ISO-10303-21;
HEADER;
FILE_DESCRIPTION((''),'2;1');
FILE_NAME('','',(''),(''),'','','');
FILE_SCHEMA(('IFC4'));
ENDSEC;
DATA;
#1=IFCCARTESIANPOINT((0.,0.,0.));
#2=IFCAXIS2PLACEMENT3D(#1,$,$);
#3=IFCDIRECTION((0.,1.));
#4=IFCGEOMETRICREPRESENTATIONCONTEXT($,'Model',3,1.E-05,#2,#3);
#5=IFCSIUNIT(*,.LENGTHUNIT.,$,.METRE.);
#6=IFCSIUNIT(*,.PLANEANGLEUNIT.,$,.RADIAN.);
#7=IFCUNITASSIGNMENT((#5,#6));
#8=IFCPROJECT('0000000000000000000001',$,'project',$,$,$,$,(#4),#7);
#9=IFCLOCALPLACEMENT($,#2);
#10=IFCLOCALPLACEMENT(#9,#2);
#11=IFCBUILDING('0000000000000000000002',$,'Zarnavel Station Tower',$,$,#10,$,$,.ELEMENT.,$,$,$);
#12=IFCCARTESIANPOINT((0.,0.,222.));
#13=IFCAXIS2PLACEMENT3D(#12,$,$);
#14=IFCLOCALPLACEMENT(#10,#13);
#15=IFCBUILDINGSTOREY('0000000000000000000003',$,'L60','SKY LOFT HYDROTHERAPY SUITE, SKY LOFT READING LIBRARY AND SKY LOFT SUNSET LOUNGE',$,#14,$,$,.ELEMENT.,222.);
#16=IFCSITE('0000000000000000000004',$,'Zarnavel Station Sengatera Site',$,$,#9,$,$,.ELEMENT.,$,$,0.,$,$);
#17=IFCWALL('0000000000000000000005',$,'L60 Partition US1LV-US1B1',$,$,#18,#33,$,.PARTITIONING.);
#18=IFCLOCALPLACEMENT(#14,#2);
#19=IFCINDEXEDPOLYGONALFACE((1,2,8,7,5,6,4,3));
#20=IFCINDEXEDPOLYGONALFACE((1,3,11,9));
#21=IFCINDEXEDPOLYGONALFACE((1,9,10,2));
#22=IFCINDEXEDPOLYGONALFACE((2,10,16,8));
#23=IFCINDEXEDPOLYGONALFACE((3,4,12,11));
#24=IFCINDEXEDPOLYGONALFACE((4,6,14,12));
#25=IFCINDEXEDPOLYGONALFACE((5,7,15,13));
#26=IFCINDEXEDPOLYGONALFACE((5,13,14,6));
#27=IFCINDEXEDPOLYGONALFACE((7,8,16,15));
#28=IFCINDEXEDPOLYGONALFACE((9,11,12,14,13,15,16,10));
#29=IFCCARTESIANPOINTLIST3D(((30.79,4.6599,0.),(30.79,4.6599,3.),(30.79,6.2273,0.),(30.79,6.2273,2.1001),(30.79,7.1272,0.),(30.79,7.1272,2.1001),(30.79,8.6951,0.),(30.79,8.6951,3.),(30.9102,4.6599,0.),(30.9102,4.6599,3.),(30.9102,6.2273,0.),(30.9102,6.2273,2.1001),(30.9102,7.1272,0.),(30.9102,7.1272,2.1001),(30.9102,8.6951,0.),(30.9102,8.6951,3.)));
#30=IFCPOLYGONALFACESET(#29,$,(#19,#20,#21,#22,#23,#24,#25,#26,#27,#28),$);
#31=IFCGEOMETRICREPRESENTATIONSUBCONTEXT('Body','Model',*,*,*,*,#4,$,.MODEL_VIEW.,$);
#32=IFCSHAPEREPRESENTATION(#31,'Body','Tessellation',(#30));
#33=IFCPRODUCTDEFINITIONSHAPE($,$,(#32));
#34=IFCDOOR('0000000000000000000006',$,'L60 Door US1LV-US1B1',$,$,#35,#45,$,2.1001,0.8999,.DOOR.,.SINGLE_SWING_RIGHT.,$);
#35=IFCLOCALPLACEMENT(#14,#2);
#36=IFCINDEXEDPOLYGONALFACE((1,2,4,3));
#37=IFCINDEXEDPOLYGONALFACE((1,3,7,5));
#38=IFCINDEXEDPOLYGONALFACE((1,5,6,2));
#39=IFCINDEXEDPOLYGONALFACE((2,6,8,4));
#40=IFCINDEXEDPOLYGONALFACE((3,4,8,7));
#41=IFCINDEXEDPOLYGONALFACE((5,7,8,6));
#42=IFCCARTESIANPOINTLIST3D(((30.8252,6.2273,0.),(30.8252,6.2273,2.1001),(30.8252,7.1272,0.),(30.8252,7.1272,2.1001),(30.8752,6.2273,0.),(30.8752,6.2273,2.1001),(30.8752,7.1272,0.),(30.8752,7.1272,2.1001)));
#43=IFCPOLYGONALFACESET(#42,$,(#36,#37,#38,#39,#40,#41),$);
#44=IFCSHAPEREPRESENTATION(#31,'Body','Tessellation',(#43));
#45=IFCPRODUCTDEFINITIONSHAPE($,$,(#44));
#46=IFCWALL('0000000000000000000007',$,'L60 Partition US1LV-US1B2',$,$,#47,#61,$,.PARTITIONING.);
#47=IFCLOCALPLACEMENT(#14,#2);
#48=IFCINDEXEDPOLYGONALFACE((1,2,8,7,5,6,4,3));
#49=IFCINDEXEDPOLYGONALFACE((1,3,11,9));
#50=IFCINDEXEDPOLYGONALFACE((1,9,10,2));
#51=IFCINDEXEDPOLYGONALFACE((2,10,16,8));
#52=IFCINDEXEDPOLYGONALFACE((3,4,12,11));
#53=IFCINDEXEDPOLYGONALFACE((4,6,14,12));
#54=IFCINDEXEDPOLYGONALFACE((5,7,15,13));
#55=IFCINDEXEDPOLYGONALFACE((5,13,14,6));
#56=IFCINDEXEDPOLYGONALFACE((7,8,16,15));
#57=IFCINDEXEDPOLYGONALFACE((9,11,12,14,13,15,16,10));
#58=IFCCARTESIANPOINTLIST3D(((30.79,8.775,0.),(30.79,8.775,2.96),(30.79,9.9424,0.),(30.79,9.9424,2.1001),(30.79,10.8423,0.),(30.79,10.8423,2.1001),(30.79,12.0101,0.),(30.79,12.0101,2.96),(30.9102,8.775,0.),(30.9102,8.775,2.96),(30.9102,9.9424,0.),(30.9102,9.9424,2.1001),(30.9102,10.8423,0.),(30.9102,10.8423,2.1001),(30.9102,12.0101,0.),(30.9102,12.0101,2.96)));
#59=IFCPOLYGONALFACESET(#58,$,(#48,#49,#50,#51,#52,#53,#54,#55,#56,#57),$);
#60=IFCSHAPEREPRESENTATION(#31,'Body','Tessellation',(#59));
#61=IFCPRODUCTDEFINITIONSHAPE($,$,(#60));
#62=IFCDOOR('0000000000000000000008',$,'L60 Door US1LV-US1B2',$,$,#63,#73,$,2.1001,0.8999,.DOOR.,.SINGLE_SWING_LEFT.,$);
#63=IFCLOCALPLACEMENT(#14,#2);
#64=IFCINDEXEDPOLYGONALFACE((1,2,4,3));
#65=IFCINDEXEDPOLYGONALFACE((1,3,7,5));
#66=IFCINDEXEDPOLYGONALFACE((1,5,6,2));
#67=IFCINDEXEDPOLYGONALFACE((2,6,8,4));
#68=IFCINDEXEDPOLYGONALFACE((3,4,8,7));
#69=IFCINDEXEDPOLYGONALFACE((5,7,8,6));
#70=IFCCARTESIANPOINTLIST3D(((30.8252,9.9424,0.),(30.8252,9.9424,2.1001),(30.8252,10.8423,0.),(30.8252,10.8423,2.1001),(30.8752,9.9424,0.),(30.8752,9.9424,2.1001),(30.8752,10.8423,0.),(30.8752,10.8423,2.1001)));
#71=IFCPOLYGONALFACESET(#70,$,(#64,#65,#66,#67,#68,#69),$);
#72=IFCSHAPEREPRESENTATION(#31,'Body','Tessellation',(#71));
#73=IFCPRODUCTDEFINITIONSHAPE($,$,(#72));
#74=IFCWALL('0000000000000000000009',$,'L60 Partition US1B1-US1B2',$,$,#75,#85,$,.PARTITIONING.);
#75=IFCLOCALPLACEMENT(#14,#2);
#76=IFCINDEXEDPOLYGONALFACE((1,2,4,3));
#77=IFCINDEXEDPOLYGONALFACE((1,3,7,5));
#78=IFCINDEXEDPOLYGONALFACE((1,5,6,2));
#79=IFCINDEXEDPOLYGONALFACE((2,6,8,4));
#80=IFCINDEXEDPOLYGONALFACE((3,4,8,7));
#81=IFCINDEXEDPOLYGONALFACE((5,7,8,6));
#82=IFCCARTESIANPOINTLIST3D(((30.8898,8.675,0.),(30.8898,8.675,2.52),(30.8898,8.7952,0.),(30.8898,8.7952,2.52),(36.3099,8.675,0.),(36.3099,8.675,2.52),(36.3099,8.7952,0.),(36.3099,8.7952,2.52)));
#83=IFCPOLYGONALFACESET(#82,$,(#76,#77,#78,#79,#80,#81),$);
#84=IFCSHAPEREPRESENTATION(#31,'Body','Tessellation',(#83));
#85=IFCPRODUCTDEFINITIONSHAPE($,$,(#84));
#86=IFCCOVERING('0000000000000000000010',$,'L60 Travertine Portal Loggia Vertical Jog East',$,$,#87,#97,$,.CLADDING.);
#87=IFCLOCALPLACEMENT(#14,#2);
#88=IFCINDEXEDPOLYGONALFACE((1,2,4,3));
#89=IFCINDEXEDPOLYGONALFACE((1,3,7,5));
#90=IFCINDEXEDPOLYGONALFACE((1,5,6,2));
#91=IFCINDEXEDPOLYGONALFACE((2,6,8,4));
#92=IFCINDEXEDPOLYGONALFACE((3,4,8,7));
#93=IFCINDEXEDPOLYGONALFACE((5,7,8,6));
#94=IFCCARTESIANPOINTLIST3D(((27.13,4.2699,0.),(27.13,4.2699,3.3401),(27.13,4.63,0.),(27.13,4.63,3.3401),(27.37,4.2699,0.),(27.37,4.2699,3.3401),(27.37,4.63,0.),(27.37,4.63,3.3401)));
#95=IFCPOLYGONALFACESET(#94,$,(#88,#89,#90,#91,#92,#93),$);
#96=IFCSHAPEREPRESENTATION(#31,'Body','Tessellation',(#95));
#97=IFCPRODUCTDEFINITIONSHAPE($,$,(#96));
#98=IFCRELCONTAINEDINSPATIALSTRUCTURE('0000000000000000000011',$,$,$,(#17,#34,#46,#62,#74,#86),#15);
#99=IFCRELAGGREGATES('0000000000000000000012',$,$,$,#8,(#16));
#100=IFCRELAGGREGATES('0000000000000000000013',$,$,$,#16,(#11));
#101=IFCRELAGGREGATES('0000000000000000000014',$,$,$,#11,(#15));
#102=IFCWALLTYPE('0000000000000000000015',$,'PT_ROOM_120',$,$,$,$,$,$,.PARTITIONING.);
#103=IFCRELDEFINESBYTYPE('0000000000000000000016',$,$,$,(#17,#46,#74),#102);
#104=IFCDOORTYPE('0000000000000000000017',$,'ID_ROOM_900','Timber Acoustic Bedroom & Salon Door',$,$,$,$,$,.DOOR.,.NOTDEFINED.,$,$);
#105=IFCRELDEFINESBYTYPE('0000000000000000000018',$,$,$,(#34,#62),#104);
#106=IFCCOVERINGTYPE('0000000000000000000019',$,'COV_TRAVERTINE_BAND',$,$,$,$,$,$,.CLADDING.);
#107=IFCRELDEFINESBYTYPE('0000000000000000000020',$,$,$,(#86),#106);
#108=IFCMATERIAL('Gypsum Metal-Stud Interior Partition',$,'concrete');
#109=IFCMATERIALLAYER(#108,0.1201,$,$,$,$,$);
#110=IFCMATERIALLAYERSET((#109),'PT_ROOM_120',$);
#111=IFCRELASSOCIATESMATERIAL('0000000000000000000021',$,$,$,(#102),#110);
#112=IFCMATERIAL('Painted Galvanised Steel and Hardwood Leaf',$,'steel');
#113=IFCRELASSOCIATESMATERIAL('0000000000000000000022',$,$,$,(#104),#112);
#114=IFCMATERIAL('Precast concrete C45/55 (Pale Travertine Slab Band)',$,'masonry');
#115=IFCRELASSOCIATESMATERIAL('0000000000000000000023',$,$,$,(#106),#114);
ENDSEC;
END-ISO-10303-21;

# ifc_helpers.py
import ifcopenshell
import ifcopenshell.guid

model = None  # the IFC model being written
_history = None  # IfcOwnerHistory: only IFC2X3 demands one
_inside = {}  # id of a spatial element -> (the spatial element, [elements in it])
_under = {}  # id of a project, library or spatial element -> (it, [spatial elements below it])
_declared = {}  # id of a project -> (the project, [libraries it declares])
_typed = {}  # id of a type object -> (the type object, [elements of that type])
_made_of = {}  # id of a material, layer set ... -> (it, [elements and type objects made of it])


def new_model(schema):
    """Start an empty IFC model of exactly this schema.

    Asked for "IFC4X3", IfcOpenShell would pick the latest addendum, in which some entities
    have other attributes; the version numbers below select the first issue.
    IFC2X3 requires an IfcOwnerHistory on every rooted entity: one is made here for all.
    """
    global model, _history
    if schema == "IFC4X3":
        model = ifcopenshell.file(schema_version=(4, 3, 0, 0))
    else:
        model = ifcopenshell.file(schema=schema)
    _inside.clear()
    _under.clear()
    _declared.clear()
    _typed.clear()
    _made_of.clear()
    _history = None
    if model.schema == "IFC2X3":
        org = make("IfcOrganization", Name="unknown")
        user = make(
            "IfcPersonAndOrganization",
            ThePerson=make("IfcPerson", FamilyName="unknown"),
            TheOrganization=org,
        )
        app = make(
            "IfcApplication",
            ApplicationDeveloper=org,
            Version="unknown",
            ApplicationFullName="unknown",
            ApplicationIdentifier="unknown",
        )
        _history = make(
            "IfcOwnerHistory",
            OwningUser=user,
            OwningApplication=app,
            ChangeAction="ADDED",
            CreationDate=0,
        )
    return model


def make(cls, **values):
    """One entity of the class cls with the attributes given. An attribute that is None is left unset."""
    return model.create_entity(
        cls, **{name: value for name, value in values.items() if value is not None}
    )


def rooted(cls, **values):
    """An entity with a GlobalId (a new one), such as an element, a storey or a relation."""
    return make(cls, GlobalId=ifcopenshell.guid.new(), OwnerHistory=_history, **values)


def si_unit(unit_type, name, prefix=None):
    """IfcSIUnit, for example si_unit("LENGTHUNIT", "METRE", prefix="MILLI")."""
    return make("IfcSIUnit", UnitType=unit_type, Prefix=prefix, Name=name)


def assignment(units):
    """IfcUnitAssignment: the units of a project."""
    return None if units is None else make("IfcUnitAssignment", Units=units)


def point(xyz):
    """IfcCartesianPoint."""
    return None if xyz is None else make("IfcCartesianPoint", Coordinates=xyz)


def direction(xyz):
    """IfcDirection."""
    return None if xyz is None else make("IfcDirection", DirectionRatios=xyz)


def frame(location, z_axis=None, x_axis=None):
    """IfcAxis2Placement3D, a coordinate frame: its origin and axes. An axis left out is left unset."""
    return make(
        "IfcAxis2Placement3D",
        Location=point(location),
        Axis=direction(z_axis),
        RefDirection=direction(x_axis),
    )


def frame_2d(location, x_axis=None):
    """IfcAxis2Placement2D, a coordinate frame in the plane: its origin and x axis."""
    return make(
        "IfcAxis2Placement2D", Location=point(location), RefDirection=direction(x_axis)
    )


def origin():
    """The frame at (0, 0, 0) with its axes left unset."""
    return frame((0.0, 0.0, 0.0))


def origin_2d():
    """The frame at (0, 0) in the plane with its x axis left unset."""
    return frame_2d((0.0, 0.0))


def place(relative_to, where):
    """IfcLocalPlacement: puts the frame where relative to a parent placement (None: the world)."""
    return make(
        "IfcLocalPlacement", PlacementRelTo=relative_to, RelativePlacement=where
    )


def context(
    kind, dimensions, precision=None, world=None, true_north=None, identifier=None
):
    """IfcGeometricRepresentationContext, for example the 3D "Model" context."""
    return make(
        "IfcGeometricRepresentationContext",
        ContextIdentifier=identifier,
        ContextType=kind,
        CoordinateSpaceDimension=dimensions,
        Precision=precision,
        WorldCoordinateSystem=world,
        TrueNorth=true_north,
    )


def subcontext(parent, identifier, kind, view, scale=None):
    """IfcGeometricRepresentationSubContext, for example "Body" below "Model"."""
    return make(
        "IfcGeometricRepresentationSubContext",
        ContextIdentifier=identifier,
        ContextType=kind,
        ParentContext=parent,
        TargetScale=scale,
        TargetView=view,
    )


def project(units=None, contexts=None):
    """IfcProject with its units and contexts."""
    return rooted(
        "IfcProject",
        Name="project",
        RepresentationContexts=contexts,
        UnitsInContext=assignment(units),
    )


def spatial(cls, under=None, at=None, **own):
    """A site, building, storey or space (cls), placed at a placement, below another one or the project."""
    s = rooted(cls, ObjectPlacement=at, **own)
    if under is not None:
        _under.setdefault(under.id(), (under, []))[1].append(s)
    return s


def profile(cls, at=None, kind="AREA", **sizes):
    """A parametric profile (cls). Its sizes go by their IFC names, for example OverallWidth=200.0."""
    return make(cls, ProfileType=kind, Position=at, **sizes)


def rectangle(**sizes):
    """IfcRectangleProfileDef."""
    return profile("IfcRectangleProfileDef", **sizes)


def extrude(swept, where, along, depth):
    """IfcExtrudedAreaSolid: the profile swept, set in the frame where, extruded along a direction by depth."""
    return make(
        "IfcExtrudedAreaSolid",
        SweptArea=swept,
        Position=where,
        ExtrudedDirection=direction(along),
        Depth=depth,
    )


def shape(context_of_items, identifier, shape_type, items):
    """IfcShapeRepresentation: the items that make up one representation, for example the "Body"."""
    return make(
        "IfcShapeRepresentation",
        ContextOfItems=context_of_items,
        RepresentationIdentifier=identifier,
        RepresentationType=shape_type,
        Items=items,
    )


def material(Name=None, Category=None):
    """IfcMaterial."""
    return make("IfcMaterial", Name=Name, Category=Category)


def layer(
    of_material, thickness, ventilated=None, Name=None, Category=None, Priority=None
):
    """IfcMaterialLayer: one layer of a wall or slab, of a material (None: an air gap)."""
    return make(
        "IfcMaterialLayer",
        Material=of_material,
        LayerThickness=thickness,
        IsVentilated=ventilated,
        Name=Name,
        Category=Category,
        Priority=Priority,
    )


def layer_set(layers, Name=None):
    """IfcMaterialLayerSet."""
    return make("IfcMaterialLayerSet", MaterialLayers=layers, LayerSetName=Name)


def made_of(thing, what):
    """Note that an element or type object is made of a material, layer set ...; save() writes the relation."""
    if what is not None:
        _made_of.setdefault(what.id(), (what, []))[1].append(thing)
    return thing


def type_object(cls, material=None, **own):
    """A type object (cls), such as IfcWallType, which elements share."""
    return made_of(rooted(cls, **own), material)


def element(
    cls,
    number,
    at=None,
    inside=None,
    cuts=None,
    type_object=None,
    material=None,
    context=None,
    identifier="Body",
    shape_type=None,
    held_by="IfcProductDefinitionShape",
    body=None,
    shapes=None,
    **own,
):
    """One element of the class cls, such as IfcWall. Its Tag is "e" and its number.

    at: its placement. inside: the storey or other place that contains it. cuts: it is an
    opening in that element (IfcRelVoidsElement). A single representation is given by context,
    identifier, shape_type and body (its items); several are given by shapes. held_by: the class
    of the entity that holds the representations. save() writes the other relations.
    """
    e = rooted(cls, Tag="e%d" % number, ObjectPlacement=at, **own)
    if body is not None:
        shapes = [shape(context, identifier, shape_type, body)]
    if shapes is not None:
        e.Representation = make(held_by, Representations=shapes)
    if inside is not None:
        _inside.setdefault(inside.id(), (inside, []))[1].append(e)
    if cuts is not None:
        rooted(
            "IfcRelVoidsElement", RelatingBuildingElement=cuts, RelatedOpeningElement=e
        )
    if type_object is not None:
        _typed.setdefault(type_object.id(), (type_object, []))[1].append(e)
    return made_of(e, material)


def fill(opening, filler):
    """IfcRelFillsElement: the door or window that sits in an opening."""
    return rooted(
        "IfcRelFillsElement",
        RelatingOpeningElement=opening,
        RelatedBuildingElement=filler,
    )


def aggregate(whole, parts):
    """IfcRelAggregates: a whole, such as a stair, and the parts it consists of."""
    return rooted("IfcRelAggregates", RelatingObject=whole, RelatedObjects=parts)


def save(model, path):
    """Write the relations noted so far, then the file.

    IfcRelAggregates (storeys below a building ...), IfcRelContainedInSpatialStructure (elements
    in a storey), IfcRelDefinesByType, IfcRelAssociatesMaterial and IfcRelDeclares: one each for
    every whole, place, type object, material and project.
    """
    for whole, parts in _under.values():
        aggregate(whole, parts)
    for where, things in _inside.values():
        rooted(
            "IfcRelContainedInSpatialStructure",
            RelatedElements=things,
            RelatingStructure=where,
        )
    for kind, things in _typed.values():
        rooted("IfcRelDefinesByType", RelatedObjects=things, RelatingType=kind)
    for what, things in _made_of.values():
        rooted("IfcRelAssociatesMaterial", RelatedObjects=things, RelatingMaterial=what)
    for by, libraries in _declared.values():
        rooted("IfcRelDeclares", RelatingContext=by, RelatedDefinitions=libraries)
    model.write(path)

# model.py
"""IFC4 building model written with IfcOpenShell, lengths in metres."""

from ifc_helpers import new_model, si_unit, direction, frame, frame_2d, origin, origin_2d, place, context, subcontext, project, spatial, rectangle, extrude, material, layer, layer_set, type_object, element, fill, save


model = new_model("IFC4")

# Units and contexts
model_context = context("Model", 3, precision=1e-05, world=origin(), true_north=direction((0.0, 1.0)))
body_context = subcontext(model_context, "Body", "Model", "MODEL_VIEW")
ifc_project = project(units=[si_unit("LENGTHUNIT", "METRE"), si_unit("PLANEANGLEUNIT", "RADIAN")], contexts=[model_context])

# Site, building, storey
site_placement = place(None, origin())
site = spatial("IfcSite", under=ifc_project, at=site_placement, Name="Zarnavel Station Sengatera Site", CompositionType="ELEMENT", RefElevation=0.0)
building_placement = place(site_placement, origin())
building = spatial("IfcBuilding", under=site, at=building_placement, Name="Zarnavel Station Tower", CompositionType="ELEMENT")
storey_placement = place(building_placement, frame((0.0, 0.0, 222.0)))
storey = spatial("IfcBuildingStorey", under=building, at=storey_placement, Name="L60", Description="SKY LOFT HYDROTHERAPY SUITE, SKY LOFT READING LIBRARY AND SKY LOFT SUNSET LOUNGE", CompositionType="ELEMENT", Elevation=222.0)

# Walls, openings, doors
ifc_material_1 = material(Name="Gypsum Metal-Stud Interior Partition", Category="concrete")
ifc_layer_1 = layer(ifc_material_1, 0.1201)
ifc_layer_set_1 = layer_set([ifc_layer_1], Name="PT_ROOM_120")
wall_type_1 = type_object("IfcWallType", Name="PT_ROOM_120", PredefinedType="PARTITIONING", material=ifc_layer_set_1)
wall_1_placement = place(storey_placement, frame((30.8501, 4.6599, 0.0), z_axis=(0.0, 0.0, 1.0), x_axis=(0.0, 1.0, 0.0)))
wall_1 = element("IfcWall", 1, at=wall_1_placement, inside=storey, type_object=wall_type_1, Name="L60 Partition US1LV-US1B1", PredefinedType="PARTITIONING", context=body_context, shape_type="SweptSolid", body=[
    extrude(rectangle(XDim=4.0352, YDim=0.1201, at=frame_2d((2.0176, 0.0))), origin(), (0.0, 0.0, 1.0), 3.0),
])
opening_1_placement = place(wall_1_placement, frame((1.5674, 0.0, 0.0)))
opening_1 = element("IfcOpeningElement", 2, at=opening_1_placement, cuts=wall_1, PredefinedType="OPENING", context=body_context, shape_type="SweptSolid", body=[
    extrude(rectangle(XDim=0.8999, YDim=2.1001, at=frame_2d((0.45, 1.05))), frame((0.0, 0.0701, 0.0), z_axis=(0.0, -1.0, 0.0), x_axis=(1.0, 0.0, 0.0)), (0.0, 0.0, 1.0), 0.1401),
])
ifc_material_2 = material(Name="Painted Galvanised Steel and Hardwood Leaf", Category="steel")
door_type = type_object("IfcDoorType", Name="ID_ROOM_900", Description="Timber Acoustic Bedroom & Salon Door", OperationType="NOTDEFINED", PredefinedType="DOOR", material=ifc_material_2)
door_1_placement = place(opening_1_placement, origin())
door_1 = element("IfcDoor", 3, at=door_1_placement, inside=storey, type_object=door_type, Name="L60 Door US1LV-US1B1", OperationType="SINGLE_SWING_RIGHT", OverallHeight=2.1001, OverallWidth=0.8999, PredefinedType="DOOR", context=body_context, shape_type="SweptSolid", body=[
    extrude(rectangle(XDim=0.8999, YDim=2.1001, at=frame_2d((0.45, 1.05))), frame((0.0, 0.0249, 0.0), z_axis=(0.0, -1.0, 0.0), x_axis=(1.0, 0.0, 0.0)), (0.0, 0.0, 1.0), 0.05),
])
fill(opening_1, door_1)
wall_2_placement = place(storey_placement, frame((30.8501, 8.7749, 0.0), z_axis=(0.0, 0.0, 1.0), x_axis=(0.0, 1.0, 0.0)))
wall_2 = element("IfcWall", 4, at=wall_2_placement, inside=storey, type_object=wall_type_1, Name="L60 Partition US1LV-US1B2", PredefinedType="PARTITIONING", context=body_context, shape_type="SweptSolid", body=[
    extrude(rectangle(XDim=3.2351, YDim=0.1201, at=frame_2d((1.6177, 0.0))), origin(), (0.0, 0.0, 1.0), 2.96),
])
opening_2_placement = place(wall_2_placement, frame((1.1675, 0.0, 0.0)))
opening_2 = element("IfcOpeningElement", 5, at=opening_2_placement, cuts=wall_2, PredefinedType="OPENING", context=body_context, shape_type="SweptSolid", body=[
    extrude(rectangle(XDim=0.8999, YDim=2.1001, at=frame_2d((0.45, 1.05))), frame((0.0, 0.0701, 0.0), z_axis=(0.0, -1.0, 0.0), x_axis=(1.0, 0.0, 0.0)), (0.0, 0.0, 1.0), 0.1401),
])
door_2_placement = place(opening_2_placement, origin())
door_2 = element("IfcDoor", 6, at=door_2_placement, inside=storey, type_object=door_type, Name="L60 Door US1LV-US1B2", OperationType="SINGLE_SWING_LEFT", OverallHeight=2.1001, OverallWidth=0.8999, PredefinedType="DOOR", context=body_context, shape_type="SweptSolid", body=[
    extrude(rectangle(XDim=0.8999, YDim=2.1001, at=frame_2d((0.45, 1.05))), frame((0.0, 0.0249, 0.0), z_axis=(0.0, -1.0, 0.0), x_axis=(1.0, 0.0, 0.0)), (0.0, 0.0, 1.0), 0.05),
])
fill(opening_2, door_2)

# Wall
wall_3_placement = place(storey_placement, frame((30.8899, 8.7351, 0.0), z_axis=(0.0, 0.0, 1.0), x_axis=(1.0, 0.0, 0.0)))
element("IfcWall", 7, at=wall_3_placement, inside=storey, type_object=wall_type_1, Name="L60 Partition US1B1-US1B2", PredefinedType="PARTITIONING", context=body_context, shape_type="SweptSolid", body=[
    extrude(rectangle(XDim=5.4202, YDim=0.1201, at=frame_2d((2.71, 0.0))), origin(), (0.0, 0.0, 1.0), 2.52),
])

# Covering
ifc_material_3 = material(Name="Precast concrete C45/55 (Pale Travertine Slab Band)", Category="masonry")
covering_type = type_object("IfcCoveringType", Name="COV_TRAVERTINE_BAND", PredefinedType="CLADDING", material=ifc_material_3)
covering_placement = place(storey_placement, frame((27.25, 4.45, 0.0), z_axis=(0.0, 0.0, 1.0), x_axis=(1.0, 0.0, 0.0)))
element("IfcCovering", 8, at=covering_placement, inside=storey, type_object=covering_type, Name="L60 Travertine Portal Loggia Vertical Jog East", PredefinedType="CLADDING", context=body_context, shape_type="SweptSolid", body=[
    extrude(rectangle(XDim=0.24, YDim=0.3601, at=origin_2d()), origin(), (0.0, 0.0, 1.0), 3.3401),
])

save(model, "model.ifc")
